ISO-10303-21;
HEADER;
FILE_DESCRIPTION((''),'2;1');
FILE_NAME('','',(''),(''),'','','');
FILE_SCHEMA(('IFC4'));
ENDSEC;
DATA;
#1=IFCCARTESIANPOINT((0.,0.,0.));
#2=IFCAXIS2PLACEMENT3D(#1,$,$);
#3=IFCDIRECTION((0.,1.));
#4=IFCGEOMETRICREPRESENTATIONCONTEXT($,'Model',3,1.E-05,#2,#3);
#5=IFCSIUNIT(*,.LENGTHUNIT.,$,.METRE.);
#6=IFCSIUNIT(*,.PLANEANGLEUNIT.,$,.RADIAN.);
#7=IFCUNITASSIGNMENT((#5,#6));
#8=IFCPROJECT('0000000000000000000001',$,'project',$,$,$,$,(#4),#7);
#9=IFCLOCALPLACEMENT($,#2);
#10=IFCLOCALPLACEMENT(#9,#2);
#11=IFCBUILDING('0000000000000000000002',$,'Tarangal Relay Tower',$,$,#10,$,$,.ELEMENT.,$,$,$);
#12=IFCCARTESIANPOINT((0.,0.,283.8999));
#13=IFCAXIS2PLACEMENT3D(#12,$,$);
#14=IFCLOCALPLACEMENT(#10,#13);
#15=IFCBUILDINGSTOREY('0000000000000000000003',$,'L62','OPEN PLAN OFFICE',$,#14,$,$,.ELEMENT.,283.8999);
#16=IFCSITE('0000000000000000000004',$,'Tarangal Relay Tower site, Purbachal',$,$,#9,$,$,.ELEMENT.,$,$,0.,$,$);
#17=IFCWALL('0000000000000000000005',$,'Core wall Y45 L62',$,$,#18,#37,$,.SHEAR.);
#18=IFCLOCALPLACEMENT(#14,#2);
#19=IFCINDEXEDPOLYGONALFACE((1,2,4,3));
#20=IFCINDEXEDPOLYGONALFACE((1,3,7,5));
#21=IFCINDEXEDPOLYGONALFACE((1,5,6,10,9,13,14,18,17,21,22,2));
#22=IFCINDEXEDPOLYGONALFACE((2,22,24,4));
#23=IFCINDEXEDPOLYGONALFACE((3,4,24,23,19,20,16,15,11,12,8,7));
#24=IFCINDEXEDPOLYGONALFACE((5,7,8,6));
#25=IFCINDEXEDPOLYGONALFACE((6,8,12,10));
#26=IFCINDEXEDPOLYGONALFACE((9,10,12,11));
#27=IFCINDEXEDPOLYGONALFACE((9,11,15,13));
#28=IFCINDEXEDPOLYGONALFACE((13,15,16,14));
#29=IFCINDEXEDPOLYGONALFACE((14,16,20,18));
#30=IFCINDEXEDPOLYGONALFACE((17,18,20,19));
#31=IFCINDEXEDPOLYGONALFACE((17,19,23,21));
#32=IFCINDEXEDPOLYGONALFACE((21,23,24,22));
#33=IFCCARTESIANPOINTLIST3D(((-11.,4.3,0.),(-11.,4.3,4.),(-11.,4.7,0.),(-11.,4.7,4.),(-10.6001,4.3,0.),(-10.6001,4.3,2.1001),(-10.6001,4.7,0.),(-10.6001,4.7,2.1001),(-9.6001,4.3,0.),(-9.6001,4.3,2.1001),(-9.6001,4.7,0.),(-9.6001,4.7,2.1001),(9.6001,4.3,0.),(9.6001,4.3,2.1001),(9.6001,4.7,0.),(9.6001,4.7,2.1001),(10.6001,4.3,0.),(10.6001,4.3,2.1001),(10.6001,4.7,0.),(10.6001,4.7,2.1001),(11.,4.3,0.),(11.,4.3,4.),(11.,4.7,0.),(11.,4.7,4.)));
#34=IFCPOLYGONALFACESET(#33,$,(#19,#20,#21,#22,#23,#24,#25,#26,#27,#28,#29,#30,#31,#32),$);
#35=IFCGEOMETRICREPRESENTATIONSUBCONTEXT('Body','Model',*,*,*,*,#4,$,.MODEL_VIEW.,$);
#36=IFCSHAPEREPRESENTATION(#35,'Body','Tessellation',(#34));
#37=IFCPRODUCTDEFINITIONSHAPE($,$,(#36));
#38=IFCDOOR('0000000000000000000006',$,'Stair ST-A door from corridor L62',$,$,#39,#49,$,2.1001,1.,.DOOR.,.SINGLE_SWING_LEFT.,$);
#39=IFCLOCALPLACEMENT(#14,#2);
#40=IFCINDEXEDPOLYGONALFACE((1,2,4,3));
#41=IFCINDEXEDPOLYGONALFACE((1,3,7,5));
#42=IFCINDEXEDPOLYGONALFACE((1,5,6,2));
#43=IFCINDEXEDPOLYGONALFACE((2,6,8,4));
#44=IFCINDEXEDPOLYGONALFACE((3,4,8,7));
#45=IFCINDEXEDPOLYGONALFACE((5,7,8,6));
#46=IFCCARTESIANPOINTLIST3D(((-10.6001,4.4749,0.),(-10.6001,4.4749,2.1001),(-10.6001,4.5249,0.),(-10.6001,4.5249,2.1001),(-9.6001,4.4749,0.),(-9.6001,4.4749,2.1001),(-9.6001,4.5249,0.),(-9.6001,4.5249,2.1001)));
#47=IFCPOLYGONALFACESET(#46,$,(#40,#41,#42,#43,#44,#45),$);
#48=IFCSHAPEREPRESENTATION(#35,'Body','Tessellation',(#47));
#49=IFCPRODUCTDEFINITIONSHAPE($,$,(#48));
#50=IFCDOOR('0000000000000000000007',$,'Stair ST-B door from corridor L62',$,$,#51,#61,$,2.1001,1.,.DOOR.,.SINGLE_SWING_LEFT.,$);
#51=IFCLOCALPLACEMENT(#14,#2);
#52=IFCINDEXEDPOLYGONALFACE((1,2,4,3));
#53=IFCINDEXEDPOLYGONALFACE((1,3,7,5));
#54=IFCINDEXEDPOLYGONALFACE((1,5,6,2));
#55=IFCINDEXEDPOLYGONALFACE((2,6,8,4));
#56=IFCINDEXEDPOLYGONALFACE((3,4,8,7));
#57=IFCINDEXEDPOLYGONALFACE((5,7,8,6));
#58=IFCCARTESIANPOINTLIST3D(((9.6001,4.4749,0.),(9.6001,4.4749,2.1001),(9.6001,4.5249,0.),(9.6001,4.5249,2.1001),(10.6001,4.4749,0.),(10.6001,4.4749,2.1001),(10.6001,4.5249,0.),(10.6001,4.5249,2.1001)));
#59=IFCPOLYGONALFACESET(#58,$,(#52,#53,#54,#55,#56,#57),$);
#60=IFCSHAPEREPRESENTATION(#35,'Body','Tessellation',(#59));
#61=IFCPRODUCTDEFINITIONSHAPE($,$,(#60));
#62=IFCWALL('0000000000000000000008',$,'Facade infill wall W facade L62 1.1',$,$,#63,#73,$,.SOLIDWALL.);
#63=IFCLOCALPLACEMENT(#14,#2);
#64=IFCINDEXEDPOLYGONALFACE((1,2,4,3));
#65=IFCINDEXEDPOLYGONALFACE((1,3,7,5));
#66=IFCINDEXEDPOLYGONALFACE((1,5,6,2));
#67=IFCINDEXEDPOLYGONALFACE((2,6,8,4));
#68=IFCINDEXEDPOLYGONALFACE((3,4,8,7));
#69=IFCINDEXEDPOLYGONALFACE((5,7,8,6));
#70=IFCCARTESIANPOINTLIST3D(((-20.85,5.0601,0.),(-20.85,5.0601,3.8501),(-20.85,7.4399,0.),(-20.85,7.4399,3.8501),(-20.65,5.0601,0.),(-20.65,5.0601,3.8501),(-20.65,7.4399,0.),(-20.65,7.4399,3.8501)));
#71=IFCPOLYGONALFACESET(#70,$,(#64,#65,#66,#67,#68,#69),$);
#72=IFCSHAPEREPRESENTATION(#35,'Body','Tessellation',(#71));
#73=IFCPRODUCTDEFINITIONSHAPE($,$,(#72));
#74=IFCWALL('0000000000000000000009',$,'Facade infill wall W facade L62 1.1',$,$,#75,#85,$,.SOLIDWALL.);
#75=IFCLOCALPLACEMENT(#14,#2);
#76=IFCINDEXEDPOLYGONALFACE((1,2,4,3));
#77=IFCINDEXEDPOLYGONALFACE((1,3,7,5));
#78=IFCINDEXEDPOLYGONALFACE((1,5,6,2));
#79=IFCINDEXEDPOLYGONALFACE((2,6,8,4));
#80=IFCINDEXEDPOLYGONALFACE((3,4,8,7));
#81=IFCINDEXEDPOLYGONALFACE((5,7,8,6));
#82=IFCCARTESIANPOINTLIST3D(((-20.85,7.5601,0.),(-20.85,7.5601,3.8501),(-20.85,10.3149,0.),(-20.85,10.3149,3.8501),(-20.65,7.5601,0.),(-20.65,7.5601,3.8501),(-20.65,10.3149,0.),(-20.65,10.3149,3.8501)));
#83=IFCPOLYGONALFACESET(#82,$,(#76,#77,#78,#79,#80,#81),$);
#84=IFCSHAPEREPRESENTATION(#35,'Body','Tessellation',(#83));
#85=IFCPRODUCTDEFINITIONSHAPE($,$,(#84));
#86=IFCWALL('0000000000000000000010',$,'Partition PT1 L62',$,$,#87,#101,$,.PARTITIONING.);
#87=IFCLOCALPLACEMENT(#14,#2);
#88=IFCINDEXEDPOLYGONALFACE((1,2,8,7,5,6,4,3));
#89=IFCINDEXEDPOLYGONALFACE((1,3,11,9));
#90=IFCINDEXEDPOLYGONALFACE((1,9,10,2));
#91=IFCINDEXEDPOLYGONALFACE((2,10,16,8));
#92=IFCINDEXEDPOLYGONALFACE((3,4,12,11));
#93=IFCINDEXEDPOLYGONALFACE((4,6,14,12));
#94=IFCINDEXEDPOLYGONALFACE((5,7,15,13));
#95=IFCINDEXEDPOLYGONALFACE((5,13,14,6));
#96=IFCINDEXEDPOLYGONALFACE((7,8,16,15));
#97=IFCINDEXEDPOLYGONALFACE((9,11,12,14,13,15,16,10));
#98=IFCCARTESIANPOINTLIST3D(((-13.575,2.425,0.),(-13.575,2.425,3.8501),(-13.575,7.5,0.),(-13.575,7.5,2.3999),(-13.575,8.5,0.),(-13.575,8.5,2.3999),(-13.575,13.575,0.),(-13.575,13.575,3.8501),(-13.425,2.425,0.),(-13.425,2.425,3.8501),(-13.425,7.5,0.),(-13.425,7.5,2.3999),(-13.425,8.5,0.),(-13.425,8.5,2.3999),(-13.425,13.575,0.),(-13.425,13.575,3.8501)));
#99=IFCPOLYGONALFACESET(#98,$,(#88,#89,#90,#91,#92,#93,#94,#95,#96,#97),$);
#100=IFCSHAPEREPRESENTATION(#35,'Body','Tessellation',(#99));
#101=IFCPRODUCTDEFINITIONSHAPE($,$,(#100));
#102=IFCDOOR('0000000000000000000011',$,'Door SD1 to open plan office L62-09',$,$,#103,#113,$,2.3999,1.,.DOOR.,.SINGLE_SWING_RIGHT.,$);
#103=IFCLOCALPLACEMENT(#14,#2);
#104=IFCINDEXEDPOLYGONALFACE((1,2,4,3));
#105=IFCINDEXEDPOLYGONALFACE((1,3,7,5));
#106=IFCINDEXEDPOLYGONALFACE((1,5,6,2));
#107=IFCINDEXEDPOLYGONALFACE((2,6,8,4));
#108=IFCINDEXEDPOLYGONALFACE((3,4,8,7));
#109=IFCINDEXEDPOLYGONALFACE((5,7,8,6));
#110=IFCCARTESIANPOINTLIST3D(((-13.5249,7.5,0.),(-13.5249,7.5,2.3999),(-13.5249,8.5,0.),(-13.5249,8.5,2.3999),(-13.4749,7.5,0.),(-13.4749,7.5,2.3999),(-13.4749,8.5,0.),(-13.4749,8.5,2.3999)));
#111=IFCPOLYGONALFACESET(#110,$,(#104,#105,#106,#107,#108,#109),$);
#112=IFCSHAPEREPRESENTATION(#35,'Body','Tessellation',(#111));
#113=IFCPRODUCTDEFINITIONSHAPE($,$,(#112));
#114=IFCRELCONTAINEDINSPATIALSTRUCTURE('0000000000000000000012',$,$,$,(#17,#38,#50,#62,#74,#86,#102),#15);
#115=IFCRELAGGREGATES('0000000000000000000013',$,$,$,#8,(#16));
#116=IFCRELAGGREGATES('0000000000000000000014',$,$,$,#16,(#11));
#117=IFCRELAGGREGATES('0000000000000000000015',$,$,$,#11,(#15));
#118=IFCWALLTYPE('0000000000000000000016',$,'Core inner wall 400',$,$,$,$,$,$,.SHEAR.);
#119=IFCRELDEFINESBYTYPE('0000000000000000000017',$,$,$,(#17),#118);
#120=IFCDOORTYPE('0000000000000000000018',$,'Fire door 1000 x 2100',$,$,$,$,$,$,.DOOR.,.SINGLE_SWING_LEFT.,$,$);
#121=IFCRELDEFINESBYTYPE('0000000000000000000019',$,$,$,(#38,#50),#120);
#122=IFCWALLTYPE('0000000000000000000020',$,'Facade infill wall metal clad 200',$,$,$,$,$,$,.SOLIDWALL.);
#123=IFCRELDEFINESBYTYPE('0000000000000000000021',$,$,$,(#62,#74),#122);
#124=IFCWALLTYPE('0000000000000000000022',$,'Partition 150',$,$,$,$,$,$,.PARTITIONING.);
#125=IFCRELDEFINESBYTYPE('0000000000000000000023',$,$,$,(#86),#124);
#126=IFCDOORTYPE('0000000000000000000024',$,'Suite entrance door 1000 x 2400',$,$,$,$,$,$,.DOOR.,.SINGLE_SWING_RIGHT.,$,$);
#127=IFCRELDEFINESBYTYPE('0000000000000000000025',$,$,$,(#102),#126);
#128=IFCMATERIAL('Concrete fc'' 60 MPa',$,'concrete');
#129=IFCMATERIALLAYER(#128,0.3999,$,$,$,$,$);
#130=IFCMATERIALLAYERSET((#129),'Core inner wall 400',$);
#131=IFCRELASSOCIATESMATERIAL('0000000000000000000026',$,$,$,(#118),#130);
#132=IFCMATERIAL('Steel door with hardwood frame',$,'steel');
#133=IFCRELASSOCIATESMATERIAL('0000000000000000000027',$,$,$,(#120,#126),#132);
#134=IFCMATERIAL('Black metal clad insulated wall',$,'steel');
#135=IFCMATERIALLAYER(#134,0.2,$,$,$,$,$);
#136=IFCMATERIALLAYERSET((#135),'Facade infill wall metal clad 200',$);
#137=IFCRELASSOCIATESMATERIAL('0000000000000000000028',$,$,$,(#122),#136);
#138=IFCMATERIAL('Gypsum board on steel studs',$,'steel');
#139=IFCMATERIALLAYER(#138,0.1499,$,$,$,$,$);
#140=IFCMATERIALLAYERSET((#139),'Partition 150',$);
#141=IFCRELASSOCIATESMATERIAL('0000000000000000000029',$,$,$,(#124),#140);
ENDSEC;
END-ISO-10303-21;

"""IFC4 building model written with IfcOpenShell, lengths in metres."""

from ifc_helpers import new_model, si_unit, direction, frame, frame_2d, origin, place, context, subcontext, project, spatial, rectangle, extrude, material, layer, layer_set, type_object, element, fill, save


model = new_model("IFC4")

# Units and contexts
model_context = context("Model", 3, precision=1e-05, world=origin(), true_north=direction((0.0, 1.0)))
body_context = subcontext(model_context, "Body", "Model", "MODEL_VIEW")
ifc_project = project(units=[si_unit("LENGTHUNIT", "METRE"), si_unit("PLANEANGLEUNIT", "RADIAN")], contexts=[model_context])

# Site, building, storey
site_placement = place(None, origin())
site = spatial("IfcSite", under=ifc_project, at=site_placement, Name="Tarangal Relay Tower site, Purbachal", CompositionType="ELEMENT", RefElevation=0.0)
building_placement = place(site_placement, origin())
building = spatial("IfcBuilding", under=site, at=building_placement, Name="Tarangal Relay Tower", CompositionType="ELEMENT")
storey_placement = place(building_placement, frame((0.0, 0.0, 283.8999)))
storey = spatial("IfcBuildingStorey", under=building, at=storey_placement, Name="L62", Description="OPEN PLAN OFFICE", CompositionType="ELEMENT", Elevation=283.8999)

# Wall, openings, doors
ifc_material_1 = material(Name="Concrete fc' 60 MPa", Category="concrete")
ifc_layer_1 = layer(ifc_material_1, 0.3999)
ifc_layer_set_1 = layer_set([ifc_layer_1], Name="Core inner wall 400")
wall_type_1 = type_object("IfcWallType", Name="Core inner wall 400", PredefinedType="SHEAR", material=ifc_layer_set_1)
wall_1_placement = place(storey_placement, frame((-11.0, 4.5, 0.0), z_axis=(0.0, 0.0, 1.0), x_axis=(1.0, 0.0, 0.0)))
wall_1 = element("IfcWall", 1, at=wall_1_placement, inside=storey, type_object=wall_type_1, Name="Core wall Y45 L62", PredefinedType="SHEAR", context=body_context, shape_type="SweptSolid", body=[
    extrude(rectangle(XDim=22.0, YDim=0.3999, at=frame_2d((11.0, 0.0))), origin(), (0.0, 0.0, 1.0), 4.0),
])
opening_1_placement = place(wall_1_placement, frame((0.3999, 0.0, 0.0)))
opening_1 = element("IfcOpeningElement", 2, at=opening_1_placement, cuts=wall_1, PredefinedType="OPENING", context=body_context, shape_type="SweptSolid", body=[
    extrude(rectangle(XDim=1.0, YDim=2.1001, at=frame_2d((0.5, 1.05))), frame((0.0, 0.21, 0.0), z_axis=(0.0, -1.0, 0.0), x_axis=(1.0, 0.0, 0.0)), (0.0, 0.0, 1.0), 0.4199),
])
opening_2_placement = place(wall_1_placement, frame((20.6001, 0.0, 0.0)))
opening_2 = element("IfcOpeningElement", 3, at=opening_2_placement, cuts=wall_1, PredefinedType="OPENING", context=body_context, shape_type="SweptSolid", body=[
    extrude(rectangle(XDim=1.0, YDim=2.1001, at=frame_2d((0.5, 1.05))), frame((0.0, 0.21, 0.0), z_axis=(0.0, -1.0, 0.0), x_axis=(1.0, 0.0, 0.0)), (0.0, 0.0, 1.0), 0.4199),
])
ifc_material_2 = material(Name="Steel door with hardwood frame", Category="steel")
door_type_1 = type_object("IfcDoorType", Name="Fire door 1000 x 2100", OperationType="SINGLE_SWING_LEFT", PredefinedType="DOOR", material=ifc_material_2)
door_1_placement = place(opening_1_placement, origin())
door_1 = element("IfcDoor", 4, at=door_1_placement, inside=storey, type_object=door_type_1, Name="Stair ST-A door from corridor L62", OperationType="SINGLE_SWING_LEFT", OverallHeight=2.1001, OverallWidth=1.0, PredefinedType="DOOR", context=body_context, shape_type="SweptSolid", body=[
    extrude(rectangle(XDim=1.0, YDim=2.1001, at=frame_2d((0.5, 1.05))), frame((0.0, 0.0249, 0.0), z_axis=(0.0, -1.0, 0.0), x_axis=(1.0, 0.0, 0.0)), (0.0, 0.0, 1.0), 0.05),
])
fill(opening_1, door_1)
door_2_placement = place(opening_2_placement, origin())
door_2 = element("IfcDoor", 5, at=door_2_placement, inside=storey, type_object=door_type_1, Name="Stair ST-B door from corridor L62", OperationType="SINGLE_SWING_LEFT", OverallHeight=2.1001, OverallWidth=1.0, PredefinedType="DOOR", context=body_context, shape_type="SweptSolid", body=[
    extrude(rectangle(XDim=1.0, YDim=2.1001, at=frame_2d((0.5, 1.05))), frame((0.0, 0.0249, 0.0), z_axis=(0.0, -1.0, 0.0), x_axis=(1.0, 0.0, 0.0)), (0.0, 0.0, 1.0), 0.05),
])
fill(opening_2, door_2)

# Walls
ifc_material_3 = material(Name="Black metal clad insulated wall", Category="steel")
ifc_layer_2 = layer(ifc_material_3, 0.2)
ifc_layer_set_2 = layer_set([ifc_layer_2], Name="Facade infill wall metal clad 200")
wall_type_2 = type_object("IfcWallType", Name="Facade infill wall metal clad 200", PredefinedType="SOLIDWALL", material=ifc_layer_set_2)
wall_2_placement = place(storey_placement, frame((-20.75, 5.0601, 0.0), z_axis=(0.0, 0.0, 1.0), x_axis=(0.0, 1.0, 0.0)))
element("IfcWall", 6, at=wall_2_placement, inside=storey, type_object=wall_type_2, Name="Facade infill wall W facade L62 1.1", PredefinedType="SOLIDWALL", context=body_context, shape_type="SweptSolid", body=[
    extrude(rectangle(XDim=2.3799, YDim=0.2, at=frame_2d((1.1899, 0.0))), origin(), (0.0, 0.0, 1.0), 3.8501),
])
wall_3_placement = place(storey_placement, frame((-20.75, 7.5601, 0.0), z_axis=(0.0, 0.0, 1.0), x_axis=(0.0, 1.0, 0.0)))
element("IfcWall", 7, at=wall_3_placement, inside=storey, type_object=wall_type_2, Name="Facade infill wall W facade L62 1.1", PredefinedType="SOLIDWALL", context=body_context, shape_type="SweptSolid", body=[
    extrude(rectangle(XDim=2.7549, YDim=0.2, at=frame_2d((1.3774, 0.0))), origin(), (0.0, 0.0, 1.0), 3.8501),
])

# Wall, opening, door
ifc_material_4 = material(Name="Gypsum board on steel studs", Category="steel")
ifc_layer_3 = layer(ifc_material_4, 0.1499)
ifc_layer_set_3 = layer_set([ifc_layer_3], Name="Partition 150")
wall_type_3 = type_object("IfcWallType", Name="Partition 150", PredefinedType="PARTITIONING", material=ifc_layer_set_3)
wall_4_placement = place(storey_placement, frame((-13.5, 2.425, 0.0), z_axis=(0.0, 0.0, 1.0), x_axis=(0.0, 1.0, 0.0)))
wall_4 = element("IfcWall", 8, at=wall_4_placement, inside=storey, type_object=wall_type_3, Name="Partition PT1 L62", PredefinedType="PARTITIONING", context=body_context, shape_type="SweptSolid", body=[
    extrude(rectangle(XDim=11.1499, YDim=0.1499, at=frame_2d((5.575, 0.0))), origin(), (0.0, 0.0, 1.0), 3.8501),
])
opening_3_placement = place(wall_4_placement, frame((5.075, 0.0, 0.0)))
opening_3 = element("IfcOpeningElement", 9, at=opening_3_placement, cuts=wall_4, PredefinedType="OPENING", context=body_context, shape_type="SweptSolid", body=[
    extrude(rectangle(XDim=1.0, YDim=2.3999, at=frame_2d((0.5, 1.2))), frame((0.0, 0.085, 0.0), z_axis=(0.0, -1.0, 0.0), x_axis=(1.0, 0.0, 0.0)), (0.0, 0.0, 1.0), 0.1699),
])
door_type_2 = type_object("IfcDoorType", Name="Suite entrance door 1000 x 2400", OperationType="SINGLE_SWING_RIGHT", PredefinedType="DOOR", material=ifc_material_2)
door_3_placement = place(opening_3_placement, origin())
door_3 = element("IfcDoor", 10, at=door_3_placement, inside=storey, type_object=door_type_2, Name="Door SD1 to open plan office L62-09", OperationType="SINGLE_SWING_RIGHT", OverallHeight=2.3999, OverallWidth=1.0, PredefinedType="DOOR", context=body_context, shape_type="SweptSolid", body=[
    extrude(rectangle(XDim=1.0, YDim=2.3999, at=frame_2d((0.5, 1.2))), frame((0.0, 0.0249, 0.0), z_axis=(0.0, -1.0, 0.0), x_axis=(1.0, 0.0, 0.0)), (0.0, 0.0, 1.0), 0.05),
])
fill(opening_3, door_3)

save(model, "model.ifc")
